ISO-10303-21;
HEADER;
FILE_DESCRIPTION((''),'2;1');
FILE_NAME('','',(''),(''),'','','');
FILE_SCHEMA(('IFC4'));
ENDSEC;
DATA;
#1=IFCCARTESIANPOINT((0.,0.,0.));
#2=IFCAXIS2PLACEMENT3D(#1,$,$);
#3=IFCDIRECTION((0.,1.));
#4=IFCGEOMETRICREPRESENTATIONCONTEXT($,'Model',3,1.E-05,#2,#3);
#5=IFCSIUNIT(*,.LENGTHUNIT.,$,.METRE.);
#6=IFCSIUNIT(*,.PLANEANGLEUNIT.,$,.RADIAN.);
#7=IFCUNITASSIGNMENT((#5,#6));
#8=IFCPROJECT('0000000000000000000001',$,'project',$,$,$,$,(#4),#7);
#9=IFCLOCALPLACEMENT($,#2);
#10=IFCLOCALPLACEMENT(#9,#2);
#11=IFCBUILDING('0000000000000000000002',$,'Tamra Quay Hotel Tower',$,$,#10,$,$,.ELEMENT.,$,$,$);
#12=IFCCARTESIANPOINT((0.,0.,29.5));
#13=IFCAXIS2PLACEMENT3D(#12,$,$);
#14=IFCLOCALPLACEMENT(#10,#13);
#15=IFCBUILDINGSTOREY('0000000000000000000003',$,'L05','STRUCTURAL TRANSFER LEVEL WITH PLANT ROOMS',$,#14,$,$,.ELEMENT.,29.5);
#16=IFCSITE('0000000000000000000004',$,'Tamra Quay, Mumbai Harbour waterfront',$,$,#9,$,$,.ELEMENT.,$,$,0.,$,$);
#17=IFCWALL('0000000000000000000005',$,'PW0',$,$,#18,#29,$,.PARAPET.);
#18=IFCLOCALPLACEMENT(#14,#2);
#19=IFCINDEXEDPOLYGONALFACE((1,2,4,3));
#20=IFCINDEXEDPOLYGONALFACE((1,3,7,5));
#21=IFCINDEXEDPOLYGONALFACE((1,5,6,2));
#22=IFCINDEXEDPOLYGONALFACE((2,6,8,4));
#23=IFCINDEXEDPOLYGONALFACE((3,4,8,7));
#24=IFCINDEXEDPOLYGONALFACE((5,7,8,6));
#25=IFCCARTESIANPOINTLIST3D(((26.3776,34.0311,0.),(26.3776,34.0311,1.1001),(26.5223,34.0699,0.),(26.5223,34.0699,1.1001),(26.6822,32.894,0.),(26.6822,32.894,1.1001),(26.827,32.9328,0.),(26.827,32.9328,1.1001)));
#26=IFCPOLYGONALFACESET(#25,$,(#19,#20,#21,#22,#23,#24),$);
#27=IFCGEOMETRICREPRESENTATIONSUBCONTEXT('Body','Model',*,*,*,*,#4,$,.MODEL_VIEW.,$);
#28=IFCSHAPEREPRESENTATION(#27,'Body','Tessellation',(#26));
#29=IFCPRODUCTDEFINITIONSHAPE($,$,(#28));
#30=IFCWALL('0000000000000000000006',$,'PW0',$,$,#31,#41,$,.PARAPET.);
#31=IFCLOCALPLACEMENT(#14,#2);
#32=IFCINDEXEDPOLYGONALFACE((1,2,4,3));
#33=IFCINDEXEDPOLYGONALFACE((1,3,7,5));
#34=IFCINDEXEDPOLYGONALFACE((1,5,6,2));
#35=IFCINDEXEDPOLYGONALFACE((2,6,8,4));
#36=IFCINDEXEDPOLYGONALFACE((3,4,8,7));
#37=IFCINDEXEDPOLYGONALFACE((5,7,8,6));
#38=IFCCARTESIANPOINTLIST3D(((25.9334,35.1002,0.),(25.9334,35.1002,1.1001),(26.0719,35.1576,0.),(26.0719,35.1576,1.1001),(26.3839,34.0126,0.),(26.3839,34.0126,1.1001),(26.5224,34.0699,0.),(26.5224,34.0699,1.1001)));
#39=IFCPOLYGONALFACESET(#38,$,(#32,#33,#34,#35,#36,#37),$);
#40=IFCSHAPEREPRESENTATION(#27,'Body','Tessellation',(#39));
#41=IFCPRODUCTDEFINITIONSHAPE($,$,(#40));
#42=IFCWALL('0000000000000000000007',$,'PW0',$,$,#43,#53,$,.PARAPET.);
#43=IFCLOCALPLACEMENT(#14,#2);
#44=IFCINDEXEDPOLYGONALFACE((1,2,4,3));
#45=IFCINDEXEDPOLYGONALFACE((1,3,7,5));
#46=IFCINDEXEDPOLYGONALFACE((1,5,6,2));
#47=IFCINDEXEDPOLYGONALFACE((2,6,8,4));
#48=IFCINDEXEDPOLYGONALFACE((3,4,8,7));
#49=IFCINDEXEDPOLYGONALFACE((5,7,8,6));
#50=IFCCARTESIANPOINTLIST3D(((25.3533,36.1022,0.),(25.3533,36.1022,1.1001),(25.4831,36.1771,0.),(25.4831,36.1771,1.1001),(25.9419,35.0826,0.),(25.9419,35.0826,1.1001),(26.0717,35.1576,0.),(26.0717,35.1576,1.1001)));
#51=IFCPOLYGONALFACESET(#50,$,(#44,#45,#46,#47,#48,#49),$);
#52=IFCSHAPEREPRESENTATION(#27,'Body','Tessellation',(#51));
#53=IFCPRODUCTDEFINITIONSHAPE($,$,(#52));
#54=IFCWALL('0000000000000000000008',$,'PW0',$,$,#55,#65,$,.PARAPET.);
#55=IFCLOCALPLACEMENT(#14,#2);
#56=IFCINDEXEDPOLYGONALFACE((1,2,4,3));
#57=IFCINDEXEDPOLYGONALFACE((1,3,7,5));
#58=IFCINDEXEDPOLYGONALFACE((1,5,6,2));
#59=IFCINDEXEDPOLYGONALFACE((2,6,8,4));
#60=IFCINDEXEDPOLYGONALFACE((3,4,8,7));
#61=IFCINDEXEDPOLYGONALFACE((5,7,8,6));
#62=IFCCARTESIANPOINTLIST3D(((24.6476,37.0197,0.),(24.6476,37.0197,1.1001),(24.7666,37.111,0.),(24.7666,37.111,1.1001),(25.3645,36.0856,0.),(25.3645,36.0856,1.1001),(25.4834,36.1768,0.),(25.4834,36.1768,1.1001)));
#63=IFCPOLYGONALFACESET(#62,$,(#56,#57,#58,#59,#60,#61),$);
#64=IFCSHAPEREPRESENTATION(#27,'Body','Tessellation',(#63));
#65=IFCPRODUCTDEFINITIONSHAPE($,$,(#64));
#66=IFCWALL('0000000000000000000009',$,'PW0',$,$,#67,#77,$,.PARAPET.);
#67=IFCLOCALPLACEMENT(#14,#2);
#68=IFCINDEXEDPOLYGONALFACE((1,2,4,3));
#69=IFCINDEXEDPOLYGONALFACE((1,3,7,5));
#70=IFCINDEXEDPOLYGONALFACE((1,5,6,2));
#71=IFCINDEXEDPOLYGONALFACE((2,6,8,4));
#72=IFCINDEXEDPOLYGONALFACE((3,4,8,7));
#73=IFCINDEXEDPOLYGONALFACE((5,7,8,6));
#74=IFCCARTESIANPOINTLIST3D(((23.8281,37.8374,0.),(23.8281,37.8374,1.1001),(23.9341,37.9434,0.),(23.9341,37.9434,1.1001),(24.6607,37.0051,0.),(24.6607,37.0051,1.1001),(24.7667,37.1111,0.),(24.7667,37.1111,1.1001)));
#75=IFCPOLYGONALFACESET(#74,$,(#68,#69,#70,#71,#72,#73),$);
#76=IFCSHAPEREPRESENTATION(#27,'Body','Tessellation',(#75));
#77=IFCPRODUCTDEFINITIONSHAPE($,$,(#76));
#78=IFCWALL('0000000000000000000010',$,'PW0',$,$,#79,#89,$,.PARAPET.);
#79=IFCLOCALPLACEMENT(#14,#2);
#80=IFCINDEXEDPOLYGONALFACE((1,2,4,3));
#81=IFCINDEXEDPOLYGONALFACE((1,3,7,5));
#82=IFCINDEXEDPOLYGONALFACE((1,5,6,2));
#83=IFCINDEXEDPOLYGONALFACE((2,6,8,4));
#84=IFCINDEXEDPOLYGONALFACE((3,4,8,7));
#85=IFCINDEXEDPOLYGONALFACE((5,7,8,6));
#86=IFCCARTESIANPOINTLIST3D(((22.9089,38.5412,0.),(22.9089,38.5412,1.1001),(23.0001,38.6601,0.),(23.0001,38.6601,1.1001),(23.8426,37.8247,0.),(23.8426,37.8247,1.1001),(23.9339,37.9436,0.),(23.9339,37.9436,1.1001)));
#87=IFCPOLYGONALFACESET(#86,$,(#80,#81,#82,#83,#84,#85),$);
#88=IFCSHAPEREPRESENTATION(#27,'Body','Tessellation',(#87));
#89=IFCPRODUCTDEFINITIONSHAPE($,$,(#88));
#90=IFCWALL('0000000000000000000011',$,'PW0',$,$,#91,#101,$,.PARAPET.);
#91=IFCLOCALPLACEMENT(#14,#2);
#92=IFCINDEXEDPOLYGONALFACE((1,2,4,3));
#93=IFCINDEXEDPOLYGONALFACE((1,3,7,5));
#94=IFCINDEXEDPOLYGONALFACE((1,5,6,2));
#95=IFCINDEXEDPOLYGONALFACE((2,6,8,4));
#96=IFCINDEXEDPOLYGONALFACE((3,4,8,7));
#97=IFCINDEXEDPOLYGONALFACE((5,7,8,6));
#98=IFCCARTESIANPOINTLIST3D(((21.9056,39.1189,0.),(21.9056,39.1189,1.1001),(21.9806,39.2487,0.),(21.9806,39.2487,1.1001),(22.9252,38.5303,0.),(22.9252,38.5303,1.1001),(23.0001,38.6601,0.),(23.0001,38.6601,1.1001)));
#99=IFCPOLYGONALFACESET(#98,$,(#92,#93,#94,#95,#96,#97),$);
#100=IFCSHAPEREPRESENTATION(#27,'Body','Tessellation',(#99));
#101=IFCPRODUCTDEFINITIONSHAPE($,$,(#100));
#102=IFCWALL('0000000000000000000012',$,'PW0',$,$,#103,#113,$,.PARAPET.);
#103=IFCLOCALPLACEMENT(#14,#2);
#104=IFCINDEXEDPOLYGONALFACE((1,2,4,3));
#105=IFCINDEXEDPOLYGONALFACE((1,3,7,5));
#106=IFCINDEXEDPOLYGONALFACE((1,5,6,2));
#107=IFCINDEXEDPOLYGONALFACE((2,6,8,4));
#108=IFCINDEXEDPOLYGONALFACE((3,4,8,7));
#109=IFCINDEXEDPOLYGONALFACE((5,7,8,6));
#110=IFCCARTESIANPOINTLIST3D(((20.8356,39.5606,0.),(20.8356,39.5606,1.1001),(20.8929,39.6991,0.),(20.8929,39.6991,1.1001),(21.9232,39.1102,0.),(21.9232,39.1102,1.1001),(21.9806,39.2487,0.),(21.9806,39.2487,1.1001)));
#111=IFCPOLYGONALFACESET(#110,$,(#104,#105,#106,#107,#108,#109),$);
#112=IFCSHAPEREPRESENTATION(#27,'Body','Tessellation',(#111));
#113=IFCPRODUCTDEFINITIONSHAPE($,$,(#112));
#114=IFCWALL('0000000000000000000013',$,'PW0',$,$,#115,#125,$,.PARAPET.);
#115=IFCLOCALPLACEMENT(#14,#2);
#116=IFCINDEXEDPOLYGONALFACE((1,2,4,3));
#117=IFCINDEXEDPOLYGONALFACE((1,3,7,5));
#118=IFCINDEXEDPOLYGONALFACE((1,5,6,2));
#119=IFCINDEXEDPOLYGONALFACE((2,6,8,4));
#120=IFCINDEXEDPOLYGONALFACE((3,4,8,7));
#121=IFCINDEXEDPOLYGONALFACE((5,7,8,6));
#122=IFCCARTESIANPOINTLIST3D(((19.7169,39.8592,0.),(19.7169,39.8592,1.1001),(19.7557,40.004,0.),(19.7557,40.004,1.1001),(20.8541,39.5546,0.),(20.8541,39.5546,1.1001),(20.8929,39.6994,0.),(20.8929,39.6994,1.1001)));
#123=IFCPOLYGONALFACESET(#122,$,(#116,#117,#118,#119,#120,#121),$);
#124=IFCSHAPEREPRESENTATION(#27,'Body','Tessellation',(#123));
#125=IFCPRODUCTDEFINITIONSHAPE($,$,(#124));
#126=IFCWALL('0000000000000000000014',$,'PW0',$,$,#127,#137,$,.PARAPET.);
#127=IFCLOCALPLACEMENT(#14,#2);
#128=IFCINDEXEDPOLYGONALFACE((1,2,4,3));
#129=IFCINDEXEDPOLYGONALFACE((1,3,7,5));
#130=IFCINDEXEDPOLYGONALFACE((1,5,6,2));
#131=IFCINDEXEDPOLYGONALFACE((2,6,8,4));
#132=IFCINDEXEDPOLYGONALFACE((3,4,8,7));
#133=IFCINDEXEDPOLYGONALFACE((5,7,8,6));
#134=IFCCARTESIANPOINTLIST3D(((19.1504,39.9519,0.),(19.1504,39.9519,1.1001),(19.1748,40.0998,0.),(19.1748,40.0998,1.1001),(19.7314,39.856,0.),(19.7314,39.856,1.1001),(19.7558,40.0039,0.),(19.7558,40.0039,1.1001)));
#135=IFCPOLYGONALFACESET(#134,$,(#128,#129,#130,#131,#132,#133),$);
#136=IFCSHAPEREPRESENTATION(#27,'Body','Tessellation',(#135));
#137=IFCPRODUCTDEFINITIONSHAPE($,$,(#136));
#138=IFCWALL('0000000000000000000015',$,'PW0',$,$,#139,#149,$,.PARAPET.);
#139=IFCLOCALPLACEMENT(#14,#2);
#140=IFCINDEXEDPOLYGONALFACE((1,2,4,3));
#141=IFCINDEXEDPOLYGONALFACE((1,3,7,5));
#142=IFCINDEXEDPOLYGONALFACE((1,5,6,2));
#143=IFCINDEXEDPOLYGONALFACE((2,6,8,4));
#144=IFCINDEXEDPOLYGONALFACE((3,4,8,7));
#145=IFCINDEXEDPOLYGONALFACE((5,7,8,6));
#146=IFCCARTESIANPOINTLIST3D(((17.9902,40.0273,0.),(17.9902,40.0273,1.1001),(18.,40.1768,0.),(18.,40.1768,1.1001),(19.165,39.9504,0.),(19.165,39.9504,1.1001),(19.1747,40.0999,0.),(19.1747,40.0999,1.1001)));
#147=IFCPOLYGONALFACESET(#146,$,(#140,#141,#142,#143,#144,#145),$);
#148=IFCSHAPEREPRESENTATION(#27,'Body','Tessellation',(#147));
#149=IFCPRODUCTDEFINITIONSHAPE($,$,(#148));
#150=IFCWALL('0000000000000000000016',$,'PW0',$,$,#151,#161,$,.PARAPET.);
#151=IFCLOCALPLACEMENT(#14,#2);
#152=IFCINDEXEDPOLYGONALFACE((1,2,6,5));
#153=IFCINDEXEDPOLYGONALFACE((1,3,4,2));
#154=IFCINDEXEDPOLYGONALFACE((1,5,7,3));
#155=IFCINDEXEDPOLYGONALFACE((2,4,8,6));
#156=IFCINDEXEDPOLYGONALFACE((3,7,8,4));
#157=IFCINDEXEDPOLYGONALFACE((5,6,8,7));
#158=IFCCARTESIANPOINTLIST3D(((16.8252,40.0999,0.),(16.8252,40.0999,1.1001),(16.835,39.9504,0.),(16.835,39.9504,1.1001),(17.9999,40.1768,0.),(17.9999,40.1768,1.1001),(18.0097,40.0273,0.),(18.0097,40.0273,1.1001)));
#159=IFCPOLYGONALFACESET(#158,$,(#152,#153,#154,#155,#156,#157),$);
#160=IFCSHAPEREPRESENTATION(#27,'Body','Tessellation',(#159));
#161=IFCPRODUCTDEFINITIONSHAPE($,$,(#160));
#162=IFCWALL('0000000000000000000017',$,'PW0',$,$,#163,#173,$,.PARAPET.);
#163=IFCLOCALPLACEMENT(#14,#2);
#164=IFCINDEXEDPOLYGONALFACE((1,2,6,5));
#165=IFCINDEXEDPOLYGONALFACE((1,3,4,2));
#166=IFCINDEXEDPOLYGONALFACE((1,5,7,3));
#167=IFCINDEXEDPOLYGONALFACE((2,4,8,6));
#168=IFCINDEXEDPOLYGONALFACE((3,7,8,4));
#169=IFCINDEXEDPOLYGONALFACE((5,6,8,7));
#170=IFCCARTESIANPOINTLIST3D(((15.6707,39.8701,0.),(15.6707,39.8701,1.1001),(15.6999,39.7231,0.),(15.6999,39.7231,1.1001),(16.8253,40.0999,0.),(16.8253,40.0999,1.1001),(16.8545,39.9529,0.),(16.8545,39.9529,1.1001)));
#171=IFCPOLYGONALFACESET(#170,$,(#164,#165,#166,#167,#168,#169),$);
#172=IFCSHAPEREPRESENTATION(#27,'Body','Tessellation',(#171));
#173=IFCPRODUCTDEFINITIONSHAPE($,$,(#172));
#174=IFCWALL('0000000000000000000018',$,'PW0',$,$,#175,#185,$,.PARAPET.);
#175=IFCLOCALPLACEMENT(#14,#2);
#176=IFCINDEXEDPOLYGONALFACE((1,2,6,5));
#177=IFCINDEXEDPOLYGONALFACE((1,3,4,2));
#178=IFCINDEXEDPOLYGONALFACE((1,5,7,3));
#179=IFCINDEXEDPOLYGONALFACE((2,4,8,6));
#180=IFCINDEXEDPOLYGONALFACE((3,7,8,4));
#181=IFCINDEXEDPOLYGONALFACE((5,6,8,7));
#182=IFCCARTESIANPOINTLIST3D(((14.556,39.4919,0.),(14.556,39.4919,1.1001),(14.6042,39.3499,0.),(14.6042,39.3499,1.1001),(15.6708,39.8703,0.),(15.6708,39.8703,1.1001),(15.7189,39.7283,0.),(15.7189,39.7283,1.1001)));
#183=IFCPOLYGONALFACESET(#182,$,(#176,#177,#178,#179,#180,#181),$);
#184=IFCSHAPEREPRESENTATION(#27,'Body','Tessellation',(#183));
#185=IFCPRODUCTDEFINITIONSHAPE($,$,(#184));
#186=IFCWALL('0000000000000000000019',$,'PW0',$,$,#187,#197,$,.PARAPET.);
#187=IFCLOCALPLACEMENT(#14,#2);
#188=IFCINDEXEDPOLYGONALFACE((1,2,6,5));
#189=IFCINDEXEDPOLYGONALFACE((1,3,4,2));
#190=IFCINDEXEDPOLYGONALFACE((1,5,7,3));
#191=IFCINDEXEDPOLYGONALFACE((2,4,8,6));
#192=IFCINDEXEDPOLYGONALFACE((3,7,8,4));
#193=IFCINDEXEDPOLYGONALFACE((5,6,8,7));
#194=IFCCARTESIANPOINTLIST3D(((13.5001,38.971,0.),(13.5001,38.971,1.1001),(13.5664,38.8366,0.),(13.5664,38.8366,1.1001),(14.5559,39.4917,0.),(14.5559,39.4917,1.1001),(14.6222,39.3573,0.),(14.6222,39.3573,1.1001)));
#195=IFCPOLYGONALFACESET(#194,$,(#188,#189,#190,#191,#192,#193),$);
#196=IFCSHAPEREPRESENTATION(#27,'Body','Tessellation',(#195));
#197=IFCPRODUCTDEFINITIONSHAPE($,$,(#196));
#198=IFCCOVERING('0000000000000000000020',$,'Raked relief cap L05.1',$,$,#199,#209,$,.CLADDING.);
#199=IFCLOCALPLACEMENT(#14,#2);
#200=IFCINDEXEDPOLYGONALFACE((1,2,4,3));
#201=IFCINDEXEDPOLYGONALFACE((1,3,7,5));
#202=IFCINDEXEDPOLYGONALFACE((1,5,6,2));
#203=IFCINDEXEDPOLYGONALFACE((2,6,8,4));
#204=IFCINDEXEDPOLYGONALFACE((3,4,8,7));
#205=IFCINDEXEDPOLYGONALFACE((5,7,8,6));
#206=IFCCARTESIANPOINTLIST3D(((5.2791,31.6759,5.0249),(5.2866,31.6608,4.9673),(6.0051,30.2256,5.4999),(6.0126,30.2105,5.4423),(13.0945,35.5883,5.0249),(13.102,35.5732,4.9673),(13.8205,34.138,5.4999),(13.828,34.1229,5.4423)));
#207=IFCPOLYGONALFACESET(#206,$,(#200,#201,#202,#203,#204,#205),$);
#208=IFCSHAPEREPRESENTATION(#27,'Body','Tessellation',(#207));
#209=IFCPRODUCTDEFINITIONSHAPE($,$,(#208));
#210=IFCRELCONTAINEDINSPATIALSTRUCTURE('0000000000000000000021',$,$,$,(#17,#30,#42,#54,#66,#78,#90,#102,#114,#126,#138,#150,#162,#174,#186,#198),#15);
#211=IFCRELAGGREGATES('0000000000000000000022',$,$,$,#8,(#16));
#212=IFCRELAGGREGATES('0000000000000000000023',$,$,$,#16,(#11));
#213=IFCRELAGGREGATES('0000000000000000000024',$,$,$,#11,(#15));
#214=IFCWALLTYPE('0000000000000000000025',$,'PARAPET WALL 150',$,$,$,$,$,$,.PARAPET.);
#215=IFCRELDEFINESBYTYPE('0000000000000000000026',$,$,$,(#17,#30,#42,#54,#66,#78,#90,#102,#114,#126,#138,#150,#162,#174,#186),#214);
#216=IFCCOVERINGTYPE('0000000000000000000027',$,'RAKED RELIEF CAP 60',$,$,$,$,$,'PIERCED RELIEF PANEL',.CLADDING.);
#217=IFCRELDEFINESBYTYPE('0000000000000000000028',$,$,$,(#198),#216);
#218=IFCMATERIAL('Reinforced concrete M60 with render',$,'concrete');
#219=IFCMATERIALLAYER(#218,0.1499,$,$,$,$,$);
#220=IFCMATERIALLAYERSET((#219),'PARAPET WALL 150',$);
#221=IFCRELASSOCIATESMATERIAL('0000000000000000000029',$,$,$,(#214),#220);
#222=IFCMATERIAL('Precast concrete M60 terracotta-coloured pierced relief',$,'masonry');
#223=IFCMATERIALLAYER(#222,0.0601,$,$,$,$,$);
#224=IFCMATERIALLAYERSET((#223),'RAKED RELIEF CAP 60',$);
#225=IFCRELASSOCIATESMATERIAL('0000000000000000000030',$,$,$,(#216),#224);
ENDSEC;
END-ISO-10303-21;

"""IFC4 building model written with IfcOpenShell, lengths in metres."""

from ifc_helpers import new_model, si_unit, direction, frame, frame_2d, origin, place, context, subcontext, project, spatial, rectangle, extrude, source, transform, mapped, material, layer, layer_set, type_object, element, save


model = new_model("IFC4")

# Units and contexts
model_context = context("Model", 3, precision=1e-05, world=origin(), true_north=direction((0.0, 1.0)))
body_context = subcontext(model_context, "Body", "Model", "MODEL_VIEW")
ifc_project = project(units=[si_unit("LENGTHUNIT", "METRE"), si_unit("PLANEANGLEUNIT", "RADIAN")], contexts=[model_context])

# Site, building, storey
site_placement = place(None, origin())
site = spatial("IfcSite", under=ifc_project, at=site_placement, Name="Tamra Quay, Mumbai Harbour waterfront", CompositionType="ELEMENT", RefElevation=0.0)
building_placement = place(site_placement, origin())
building = spatial("IfcBuilding", under=site, at=building_placement, Name="Tamra Quay Hotel Tower", CompositionType="ELEMENT")
storey_placement = place(building_placement, frame((0.0, 0.0, 29.5)))
storey = spatial("IfcBuildingStorey", under=building, at=storey_placement, Name="L05", Description="STRUCTURAL TRANSFER LEVEL WITH PLANT ROOMS", CompositionType="ELEMENT", Elevation=29.5)

# Walls
ifc_material_1 = material(Name="Reinforced concrete M60 with render", Category="concrete")
ifc_layer_1 = layer(ifc_material_1, 0.1499)
ifc_layer_set_1 = layer_set([ifc_layer_1], Name="PARAPET WALL 150")
wall_type = type_object("IfcWallType", Name="PARAPET WALL 150", PredefinedType="PARAPET", material=ifc_layer_set_1)
for number, where, z_axis, x_axis, name in (
    (1, (26.45, 34.0505, 0.0), (0.0, 0.0, 1.0), (0.258798, -0.965931, 0.0), "PW0"),
    (2, (26.0027, 35.1289, 0.0), (0.0, 0.0, 1.0), (0.382627, -0.923903, 0.0), "PW0"),
    (3, (25.4182, 36.1396, 0.0), (0.0, 0.0, 1.0), (0.499998, -0.866027, 0.0), "PW0"),
):
    element("IfcWall", number, at=place(storey_placement, frame(where, z_axis=z_axis, x_axis=x_axis)), inside=storey, type_object=wall_type, Name=name, PredefinedType="PARAPET", context=body_context, shape_type="SweptSolid", body=[
        extrude(rectangle(XDim=1.1772, YDim=0.1499, at=frame_2d((0.5886, 0.0))), origin(), (0.0, 0.0, 1.0), 1.1001),
    ])
wall_1_placement = place(storey_placement, frame((24.707, 37.0654, 0.0), z_axis=(0.0, 0.0, 1.0), x_axis=(0.608788, -0.793333, 0.0)))
element("IfcWall", 4, at=wall_1_placement, inside=storey, type_object=wall_type, Name="PW0", PredefinedType="PARAPET", context=body_context, shape_type="SweptSolid", body=[
    extrude(rectangle(XDim=1.1775, YDim=0.1499, at=frame_2d((0.5889, 0.0))), origin(), (0.0, 0.0, 1.0), 1.1001),
])
wall_2_placement = place(storey_placement, frame((23.8811, 37.8904, 0.0), z_axis=(0.0, 0.0, 1.0), x_axis=(0.70721, -0.707003, 0.0)))
element("IfcWall", 5, at=wall_2_placement, inside=storey, type_object=wall_type, Name="PW0", PredefinedType="PARAPET", context=body_context, shape_type="SweptSolid", body=[
    extrude(rectangle(XDim=1.1772, YDim=0.1499, at=frame_2d((0.5886, 0.0))), origin(), (0.0, 0.0, 1.0), 1.1001),
])
wall_3_placement = place(storey_placement, frame((22.9546, 38.6006, 0.0), z_axis=(0.0, 0.0, 1.0), x_axis=(0.793356, -0.608758, 0.0)))
element("IfcWall", 6, at=wall_3_placement, inside=storey, type_object=wall_type, Name="PW0", PredefinedType="PARAPET", context=body_context, shape_type="SweptSolid", body=[
    extrude(rectangle(XDim=1.177, YDim=0.1499, at=frame_2d((0.5884, 0.0))), origin(), (0.0, 0.0, 1.0), 1.1001),
])
for number, where, z_axis, x_axis, name in (
    (7, (21.9431, 39.1838, 0.0), (0.0, 0.0, 1.0), (0.866027, -0.499998, 0.0), "PW0"),
    (8, (20.8643, 39.6299, 0.0), (0.0, 0.0, 1.0), (0.923903, -0.382627, 0.0), "PW0"),
    (9, (19.7363, 39.9316, 0.0), (0.0, 0.0, 1.0), (0.965931, -0.258798, 0.0), "PW0"),
):
    element("IfcWall", number, at=place(storey_placement, frame(where, z_axis=z_axis, x_axis=x_axis)), inside=storey, type_object=wall_type, Name=name, PredefinedType="PARAPET", context=body_context, shape_type="SweptSolid", body=[
        extrude(rectangle(XDim=1.1772, YDim=0.1499, at=frame_2d((0.5886, 0.0))), origin(), (0.0, 0.0, 1.0), 1.1001),
    ])
wall_4_placement = place(storey_placement, frame((19.1626, 40.0259, 0.0), z_axis=(0.0, 0.0, 1.0), x_axis=(0.986639, -0.16292, 0.0)))
element("IfcWall", 10, at=wall_4_placement, inside=storey, type_object=wall_type, Name="PW0", PredefinedType="PARAPET", context=body_context, shape_type="SweptSolid", body=[
    extrude(rectangle(XDim=0.5889, YDim=0.1499, at=frame_2d((0.2944, 0.0))), origin(), (0.0, 0.0, 1.0), 1.1001),
])
for number, where, z_axis, x_axis, name in (
    (11, (17.9951, 40.1021, 0.0), (0.0, 0.0, 1.0), (0.997864, -0.065322, 0.0), "PW0"),
    (12, (16.8301, 40.0251, 0.0), (0.0, 0.0, 1.0), (0.997864, 0.065322, 0.0), "PW0"),
    (13, (15.6853, 39.7966, 0.0), (0.0, 0.0, 1.0), (0.980772, 0.195159, 0.0), "PW0"),
    (14, (14.5801, 39.4209, 0.0), (0.0, 0.0, 1.0), (0.946927, 0.321449, 0.0), "PW0"),
    (15, (13.5332, 38.9038, 0.0), (0.0, 0.0, 1.0), (0.896861, 0.442313, 0.0), "PW0"),
):
    element("IfcWall", number, at=place(storey_placement, frame(where, z_axis=z_axis, x_axis=x_axis)), inside=storey, type_object=wall_type, Name=name, PredefinedType="PARAPET", context=body_context, shape_type="SweptSolid", body=[
        extrude(rectangle(XDim=1.1772, YDim=0.1499, at=frame_2d((0.5886, 0.0))), origin(), (0.0, 0.0, 1.0), 1.1001),
    ])

# Covering
ifc_material_2 = material(Name="Precast concrete M60 terracotta-coloured pierced relief", Category="masonry")
ifc_layer_2 = layer(ifc_material_2, 0.0601)
ifc_layer_set_2 = layer_set([ifc_layer_2], Name="RAKED RELIEF CAP 60")
covering_type_1 = type_object("IfcCoveringType", Name="RAKED RELIEF CAP 60", ElementType="PIERCED RELIEF PANEL", PredefinedType="CLADDING", material=ifc_layer_set_2)
shared_shape_1 = source(origin(), body_context, "Body", "SweptSolid", [
    extrude(rectangle(XDim=8.74, YDim=1.6899, at=frame_2d((4.3701, 0.845))), frame((-4.3701, 0.0, -0.0601)), (0.0, 0.0, 1.0), 0.0601),
])
covering_1_placement = place(storey_placement, frame((9.1868, 33.6321, 5.0249), z_axis=(-0.125826, 0.25135, 0.959683), x_axis=(-0.894213, -0.447643, 0.0)))
element("IfcCovering", 16, at=covering_1_placement, inside=storey, type_object=covering_type_1, Name="Raked relief cap L05.1", PredefinedType="CLADDING", context=body_context, shape_type="MappedRepresentation", body=[
    mapped(shared_shape_1, transform((0.0, 0.0, 0.0), scale=1.0)),
])

save(model, "model.ifc")
